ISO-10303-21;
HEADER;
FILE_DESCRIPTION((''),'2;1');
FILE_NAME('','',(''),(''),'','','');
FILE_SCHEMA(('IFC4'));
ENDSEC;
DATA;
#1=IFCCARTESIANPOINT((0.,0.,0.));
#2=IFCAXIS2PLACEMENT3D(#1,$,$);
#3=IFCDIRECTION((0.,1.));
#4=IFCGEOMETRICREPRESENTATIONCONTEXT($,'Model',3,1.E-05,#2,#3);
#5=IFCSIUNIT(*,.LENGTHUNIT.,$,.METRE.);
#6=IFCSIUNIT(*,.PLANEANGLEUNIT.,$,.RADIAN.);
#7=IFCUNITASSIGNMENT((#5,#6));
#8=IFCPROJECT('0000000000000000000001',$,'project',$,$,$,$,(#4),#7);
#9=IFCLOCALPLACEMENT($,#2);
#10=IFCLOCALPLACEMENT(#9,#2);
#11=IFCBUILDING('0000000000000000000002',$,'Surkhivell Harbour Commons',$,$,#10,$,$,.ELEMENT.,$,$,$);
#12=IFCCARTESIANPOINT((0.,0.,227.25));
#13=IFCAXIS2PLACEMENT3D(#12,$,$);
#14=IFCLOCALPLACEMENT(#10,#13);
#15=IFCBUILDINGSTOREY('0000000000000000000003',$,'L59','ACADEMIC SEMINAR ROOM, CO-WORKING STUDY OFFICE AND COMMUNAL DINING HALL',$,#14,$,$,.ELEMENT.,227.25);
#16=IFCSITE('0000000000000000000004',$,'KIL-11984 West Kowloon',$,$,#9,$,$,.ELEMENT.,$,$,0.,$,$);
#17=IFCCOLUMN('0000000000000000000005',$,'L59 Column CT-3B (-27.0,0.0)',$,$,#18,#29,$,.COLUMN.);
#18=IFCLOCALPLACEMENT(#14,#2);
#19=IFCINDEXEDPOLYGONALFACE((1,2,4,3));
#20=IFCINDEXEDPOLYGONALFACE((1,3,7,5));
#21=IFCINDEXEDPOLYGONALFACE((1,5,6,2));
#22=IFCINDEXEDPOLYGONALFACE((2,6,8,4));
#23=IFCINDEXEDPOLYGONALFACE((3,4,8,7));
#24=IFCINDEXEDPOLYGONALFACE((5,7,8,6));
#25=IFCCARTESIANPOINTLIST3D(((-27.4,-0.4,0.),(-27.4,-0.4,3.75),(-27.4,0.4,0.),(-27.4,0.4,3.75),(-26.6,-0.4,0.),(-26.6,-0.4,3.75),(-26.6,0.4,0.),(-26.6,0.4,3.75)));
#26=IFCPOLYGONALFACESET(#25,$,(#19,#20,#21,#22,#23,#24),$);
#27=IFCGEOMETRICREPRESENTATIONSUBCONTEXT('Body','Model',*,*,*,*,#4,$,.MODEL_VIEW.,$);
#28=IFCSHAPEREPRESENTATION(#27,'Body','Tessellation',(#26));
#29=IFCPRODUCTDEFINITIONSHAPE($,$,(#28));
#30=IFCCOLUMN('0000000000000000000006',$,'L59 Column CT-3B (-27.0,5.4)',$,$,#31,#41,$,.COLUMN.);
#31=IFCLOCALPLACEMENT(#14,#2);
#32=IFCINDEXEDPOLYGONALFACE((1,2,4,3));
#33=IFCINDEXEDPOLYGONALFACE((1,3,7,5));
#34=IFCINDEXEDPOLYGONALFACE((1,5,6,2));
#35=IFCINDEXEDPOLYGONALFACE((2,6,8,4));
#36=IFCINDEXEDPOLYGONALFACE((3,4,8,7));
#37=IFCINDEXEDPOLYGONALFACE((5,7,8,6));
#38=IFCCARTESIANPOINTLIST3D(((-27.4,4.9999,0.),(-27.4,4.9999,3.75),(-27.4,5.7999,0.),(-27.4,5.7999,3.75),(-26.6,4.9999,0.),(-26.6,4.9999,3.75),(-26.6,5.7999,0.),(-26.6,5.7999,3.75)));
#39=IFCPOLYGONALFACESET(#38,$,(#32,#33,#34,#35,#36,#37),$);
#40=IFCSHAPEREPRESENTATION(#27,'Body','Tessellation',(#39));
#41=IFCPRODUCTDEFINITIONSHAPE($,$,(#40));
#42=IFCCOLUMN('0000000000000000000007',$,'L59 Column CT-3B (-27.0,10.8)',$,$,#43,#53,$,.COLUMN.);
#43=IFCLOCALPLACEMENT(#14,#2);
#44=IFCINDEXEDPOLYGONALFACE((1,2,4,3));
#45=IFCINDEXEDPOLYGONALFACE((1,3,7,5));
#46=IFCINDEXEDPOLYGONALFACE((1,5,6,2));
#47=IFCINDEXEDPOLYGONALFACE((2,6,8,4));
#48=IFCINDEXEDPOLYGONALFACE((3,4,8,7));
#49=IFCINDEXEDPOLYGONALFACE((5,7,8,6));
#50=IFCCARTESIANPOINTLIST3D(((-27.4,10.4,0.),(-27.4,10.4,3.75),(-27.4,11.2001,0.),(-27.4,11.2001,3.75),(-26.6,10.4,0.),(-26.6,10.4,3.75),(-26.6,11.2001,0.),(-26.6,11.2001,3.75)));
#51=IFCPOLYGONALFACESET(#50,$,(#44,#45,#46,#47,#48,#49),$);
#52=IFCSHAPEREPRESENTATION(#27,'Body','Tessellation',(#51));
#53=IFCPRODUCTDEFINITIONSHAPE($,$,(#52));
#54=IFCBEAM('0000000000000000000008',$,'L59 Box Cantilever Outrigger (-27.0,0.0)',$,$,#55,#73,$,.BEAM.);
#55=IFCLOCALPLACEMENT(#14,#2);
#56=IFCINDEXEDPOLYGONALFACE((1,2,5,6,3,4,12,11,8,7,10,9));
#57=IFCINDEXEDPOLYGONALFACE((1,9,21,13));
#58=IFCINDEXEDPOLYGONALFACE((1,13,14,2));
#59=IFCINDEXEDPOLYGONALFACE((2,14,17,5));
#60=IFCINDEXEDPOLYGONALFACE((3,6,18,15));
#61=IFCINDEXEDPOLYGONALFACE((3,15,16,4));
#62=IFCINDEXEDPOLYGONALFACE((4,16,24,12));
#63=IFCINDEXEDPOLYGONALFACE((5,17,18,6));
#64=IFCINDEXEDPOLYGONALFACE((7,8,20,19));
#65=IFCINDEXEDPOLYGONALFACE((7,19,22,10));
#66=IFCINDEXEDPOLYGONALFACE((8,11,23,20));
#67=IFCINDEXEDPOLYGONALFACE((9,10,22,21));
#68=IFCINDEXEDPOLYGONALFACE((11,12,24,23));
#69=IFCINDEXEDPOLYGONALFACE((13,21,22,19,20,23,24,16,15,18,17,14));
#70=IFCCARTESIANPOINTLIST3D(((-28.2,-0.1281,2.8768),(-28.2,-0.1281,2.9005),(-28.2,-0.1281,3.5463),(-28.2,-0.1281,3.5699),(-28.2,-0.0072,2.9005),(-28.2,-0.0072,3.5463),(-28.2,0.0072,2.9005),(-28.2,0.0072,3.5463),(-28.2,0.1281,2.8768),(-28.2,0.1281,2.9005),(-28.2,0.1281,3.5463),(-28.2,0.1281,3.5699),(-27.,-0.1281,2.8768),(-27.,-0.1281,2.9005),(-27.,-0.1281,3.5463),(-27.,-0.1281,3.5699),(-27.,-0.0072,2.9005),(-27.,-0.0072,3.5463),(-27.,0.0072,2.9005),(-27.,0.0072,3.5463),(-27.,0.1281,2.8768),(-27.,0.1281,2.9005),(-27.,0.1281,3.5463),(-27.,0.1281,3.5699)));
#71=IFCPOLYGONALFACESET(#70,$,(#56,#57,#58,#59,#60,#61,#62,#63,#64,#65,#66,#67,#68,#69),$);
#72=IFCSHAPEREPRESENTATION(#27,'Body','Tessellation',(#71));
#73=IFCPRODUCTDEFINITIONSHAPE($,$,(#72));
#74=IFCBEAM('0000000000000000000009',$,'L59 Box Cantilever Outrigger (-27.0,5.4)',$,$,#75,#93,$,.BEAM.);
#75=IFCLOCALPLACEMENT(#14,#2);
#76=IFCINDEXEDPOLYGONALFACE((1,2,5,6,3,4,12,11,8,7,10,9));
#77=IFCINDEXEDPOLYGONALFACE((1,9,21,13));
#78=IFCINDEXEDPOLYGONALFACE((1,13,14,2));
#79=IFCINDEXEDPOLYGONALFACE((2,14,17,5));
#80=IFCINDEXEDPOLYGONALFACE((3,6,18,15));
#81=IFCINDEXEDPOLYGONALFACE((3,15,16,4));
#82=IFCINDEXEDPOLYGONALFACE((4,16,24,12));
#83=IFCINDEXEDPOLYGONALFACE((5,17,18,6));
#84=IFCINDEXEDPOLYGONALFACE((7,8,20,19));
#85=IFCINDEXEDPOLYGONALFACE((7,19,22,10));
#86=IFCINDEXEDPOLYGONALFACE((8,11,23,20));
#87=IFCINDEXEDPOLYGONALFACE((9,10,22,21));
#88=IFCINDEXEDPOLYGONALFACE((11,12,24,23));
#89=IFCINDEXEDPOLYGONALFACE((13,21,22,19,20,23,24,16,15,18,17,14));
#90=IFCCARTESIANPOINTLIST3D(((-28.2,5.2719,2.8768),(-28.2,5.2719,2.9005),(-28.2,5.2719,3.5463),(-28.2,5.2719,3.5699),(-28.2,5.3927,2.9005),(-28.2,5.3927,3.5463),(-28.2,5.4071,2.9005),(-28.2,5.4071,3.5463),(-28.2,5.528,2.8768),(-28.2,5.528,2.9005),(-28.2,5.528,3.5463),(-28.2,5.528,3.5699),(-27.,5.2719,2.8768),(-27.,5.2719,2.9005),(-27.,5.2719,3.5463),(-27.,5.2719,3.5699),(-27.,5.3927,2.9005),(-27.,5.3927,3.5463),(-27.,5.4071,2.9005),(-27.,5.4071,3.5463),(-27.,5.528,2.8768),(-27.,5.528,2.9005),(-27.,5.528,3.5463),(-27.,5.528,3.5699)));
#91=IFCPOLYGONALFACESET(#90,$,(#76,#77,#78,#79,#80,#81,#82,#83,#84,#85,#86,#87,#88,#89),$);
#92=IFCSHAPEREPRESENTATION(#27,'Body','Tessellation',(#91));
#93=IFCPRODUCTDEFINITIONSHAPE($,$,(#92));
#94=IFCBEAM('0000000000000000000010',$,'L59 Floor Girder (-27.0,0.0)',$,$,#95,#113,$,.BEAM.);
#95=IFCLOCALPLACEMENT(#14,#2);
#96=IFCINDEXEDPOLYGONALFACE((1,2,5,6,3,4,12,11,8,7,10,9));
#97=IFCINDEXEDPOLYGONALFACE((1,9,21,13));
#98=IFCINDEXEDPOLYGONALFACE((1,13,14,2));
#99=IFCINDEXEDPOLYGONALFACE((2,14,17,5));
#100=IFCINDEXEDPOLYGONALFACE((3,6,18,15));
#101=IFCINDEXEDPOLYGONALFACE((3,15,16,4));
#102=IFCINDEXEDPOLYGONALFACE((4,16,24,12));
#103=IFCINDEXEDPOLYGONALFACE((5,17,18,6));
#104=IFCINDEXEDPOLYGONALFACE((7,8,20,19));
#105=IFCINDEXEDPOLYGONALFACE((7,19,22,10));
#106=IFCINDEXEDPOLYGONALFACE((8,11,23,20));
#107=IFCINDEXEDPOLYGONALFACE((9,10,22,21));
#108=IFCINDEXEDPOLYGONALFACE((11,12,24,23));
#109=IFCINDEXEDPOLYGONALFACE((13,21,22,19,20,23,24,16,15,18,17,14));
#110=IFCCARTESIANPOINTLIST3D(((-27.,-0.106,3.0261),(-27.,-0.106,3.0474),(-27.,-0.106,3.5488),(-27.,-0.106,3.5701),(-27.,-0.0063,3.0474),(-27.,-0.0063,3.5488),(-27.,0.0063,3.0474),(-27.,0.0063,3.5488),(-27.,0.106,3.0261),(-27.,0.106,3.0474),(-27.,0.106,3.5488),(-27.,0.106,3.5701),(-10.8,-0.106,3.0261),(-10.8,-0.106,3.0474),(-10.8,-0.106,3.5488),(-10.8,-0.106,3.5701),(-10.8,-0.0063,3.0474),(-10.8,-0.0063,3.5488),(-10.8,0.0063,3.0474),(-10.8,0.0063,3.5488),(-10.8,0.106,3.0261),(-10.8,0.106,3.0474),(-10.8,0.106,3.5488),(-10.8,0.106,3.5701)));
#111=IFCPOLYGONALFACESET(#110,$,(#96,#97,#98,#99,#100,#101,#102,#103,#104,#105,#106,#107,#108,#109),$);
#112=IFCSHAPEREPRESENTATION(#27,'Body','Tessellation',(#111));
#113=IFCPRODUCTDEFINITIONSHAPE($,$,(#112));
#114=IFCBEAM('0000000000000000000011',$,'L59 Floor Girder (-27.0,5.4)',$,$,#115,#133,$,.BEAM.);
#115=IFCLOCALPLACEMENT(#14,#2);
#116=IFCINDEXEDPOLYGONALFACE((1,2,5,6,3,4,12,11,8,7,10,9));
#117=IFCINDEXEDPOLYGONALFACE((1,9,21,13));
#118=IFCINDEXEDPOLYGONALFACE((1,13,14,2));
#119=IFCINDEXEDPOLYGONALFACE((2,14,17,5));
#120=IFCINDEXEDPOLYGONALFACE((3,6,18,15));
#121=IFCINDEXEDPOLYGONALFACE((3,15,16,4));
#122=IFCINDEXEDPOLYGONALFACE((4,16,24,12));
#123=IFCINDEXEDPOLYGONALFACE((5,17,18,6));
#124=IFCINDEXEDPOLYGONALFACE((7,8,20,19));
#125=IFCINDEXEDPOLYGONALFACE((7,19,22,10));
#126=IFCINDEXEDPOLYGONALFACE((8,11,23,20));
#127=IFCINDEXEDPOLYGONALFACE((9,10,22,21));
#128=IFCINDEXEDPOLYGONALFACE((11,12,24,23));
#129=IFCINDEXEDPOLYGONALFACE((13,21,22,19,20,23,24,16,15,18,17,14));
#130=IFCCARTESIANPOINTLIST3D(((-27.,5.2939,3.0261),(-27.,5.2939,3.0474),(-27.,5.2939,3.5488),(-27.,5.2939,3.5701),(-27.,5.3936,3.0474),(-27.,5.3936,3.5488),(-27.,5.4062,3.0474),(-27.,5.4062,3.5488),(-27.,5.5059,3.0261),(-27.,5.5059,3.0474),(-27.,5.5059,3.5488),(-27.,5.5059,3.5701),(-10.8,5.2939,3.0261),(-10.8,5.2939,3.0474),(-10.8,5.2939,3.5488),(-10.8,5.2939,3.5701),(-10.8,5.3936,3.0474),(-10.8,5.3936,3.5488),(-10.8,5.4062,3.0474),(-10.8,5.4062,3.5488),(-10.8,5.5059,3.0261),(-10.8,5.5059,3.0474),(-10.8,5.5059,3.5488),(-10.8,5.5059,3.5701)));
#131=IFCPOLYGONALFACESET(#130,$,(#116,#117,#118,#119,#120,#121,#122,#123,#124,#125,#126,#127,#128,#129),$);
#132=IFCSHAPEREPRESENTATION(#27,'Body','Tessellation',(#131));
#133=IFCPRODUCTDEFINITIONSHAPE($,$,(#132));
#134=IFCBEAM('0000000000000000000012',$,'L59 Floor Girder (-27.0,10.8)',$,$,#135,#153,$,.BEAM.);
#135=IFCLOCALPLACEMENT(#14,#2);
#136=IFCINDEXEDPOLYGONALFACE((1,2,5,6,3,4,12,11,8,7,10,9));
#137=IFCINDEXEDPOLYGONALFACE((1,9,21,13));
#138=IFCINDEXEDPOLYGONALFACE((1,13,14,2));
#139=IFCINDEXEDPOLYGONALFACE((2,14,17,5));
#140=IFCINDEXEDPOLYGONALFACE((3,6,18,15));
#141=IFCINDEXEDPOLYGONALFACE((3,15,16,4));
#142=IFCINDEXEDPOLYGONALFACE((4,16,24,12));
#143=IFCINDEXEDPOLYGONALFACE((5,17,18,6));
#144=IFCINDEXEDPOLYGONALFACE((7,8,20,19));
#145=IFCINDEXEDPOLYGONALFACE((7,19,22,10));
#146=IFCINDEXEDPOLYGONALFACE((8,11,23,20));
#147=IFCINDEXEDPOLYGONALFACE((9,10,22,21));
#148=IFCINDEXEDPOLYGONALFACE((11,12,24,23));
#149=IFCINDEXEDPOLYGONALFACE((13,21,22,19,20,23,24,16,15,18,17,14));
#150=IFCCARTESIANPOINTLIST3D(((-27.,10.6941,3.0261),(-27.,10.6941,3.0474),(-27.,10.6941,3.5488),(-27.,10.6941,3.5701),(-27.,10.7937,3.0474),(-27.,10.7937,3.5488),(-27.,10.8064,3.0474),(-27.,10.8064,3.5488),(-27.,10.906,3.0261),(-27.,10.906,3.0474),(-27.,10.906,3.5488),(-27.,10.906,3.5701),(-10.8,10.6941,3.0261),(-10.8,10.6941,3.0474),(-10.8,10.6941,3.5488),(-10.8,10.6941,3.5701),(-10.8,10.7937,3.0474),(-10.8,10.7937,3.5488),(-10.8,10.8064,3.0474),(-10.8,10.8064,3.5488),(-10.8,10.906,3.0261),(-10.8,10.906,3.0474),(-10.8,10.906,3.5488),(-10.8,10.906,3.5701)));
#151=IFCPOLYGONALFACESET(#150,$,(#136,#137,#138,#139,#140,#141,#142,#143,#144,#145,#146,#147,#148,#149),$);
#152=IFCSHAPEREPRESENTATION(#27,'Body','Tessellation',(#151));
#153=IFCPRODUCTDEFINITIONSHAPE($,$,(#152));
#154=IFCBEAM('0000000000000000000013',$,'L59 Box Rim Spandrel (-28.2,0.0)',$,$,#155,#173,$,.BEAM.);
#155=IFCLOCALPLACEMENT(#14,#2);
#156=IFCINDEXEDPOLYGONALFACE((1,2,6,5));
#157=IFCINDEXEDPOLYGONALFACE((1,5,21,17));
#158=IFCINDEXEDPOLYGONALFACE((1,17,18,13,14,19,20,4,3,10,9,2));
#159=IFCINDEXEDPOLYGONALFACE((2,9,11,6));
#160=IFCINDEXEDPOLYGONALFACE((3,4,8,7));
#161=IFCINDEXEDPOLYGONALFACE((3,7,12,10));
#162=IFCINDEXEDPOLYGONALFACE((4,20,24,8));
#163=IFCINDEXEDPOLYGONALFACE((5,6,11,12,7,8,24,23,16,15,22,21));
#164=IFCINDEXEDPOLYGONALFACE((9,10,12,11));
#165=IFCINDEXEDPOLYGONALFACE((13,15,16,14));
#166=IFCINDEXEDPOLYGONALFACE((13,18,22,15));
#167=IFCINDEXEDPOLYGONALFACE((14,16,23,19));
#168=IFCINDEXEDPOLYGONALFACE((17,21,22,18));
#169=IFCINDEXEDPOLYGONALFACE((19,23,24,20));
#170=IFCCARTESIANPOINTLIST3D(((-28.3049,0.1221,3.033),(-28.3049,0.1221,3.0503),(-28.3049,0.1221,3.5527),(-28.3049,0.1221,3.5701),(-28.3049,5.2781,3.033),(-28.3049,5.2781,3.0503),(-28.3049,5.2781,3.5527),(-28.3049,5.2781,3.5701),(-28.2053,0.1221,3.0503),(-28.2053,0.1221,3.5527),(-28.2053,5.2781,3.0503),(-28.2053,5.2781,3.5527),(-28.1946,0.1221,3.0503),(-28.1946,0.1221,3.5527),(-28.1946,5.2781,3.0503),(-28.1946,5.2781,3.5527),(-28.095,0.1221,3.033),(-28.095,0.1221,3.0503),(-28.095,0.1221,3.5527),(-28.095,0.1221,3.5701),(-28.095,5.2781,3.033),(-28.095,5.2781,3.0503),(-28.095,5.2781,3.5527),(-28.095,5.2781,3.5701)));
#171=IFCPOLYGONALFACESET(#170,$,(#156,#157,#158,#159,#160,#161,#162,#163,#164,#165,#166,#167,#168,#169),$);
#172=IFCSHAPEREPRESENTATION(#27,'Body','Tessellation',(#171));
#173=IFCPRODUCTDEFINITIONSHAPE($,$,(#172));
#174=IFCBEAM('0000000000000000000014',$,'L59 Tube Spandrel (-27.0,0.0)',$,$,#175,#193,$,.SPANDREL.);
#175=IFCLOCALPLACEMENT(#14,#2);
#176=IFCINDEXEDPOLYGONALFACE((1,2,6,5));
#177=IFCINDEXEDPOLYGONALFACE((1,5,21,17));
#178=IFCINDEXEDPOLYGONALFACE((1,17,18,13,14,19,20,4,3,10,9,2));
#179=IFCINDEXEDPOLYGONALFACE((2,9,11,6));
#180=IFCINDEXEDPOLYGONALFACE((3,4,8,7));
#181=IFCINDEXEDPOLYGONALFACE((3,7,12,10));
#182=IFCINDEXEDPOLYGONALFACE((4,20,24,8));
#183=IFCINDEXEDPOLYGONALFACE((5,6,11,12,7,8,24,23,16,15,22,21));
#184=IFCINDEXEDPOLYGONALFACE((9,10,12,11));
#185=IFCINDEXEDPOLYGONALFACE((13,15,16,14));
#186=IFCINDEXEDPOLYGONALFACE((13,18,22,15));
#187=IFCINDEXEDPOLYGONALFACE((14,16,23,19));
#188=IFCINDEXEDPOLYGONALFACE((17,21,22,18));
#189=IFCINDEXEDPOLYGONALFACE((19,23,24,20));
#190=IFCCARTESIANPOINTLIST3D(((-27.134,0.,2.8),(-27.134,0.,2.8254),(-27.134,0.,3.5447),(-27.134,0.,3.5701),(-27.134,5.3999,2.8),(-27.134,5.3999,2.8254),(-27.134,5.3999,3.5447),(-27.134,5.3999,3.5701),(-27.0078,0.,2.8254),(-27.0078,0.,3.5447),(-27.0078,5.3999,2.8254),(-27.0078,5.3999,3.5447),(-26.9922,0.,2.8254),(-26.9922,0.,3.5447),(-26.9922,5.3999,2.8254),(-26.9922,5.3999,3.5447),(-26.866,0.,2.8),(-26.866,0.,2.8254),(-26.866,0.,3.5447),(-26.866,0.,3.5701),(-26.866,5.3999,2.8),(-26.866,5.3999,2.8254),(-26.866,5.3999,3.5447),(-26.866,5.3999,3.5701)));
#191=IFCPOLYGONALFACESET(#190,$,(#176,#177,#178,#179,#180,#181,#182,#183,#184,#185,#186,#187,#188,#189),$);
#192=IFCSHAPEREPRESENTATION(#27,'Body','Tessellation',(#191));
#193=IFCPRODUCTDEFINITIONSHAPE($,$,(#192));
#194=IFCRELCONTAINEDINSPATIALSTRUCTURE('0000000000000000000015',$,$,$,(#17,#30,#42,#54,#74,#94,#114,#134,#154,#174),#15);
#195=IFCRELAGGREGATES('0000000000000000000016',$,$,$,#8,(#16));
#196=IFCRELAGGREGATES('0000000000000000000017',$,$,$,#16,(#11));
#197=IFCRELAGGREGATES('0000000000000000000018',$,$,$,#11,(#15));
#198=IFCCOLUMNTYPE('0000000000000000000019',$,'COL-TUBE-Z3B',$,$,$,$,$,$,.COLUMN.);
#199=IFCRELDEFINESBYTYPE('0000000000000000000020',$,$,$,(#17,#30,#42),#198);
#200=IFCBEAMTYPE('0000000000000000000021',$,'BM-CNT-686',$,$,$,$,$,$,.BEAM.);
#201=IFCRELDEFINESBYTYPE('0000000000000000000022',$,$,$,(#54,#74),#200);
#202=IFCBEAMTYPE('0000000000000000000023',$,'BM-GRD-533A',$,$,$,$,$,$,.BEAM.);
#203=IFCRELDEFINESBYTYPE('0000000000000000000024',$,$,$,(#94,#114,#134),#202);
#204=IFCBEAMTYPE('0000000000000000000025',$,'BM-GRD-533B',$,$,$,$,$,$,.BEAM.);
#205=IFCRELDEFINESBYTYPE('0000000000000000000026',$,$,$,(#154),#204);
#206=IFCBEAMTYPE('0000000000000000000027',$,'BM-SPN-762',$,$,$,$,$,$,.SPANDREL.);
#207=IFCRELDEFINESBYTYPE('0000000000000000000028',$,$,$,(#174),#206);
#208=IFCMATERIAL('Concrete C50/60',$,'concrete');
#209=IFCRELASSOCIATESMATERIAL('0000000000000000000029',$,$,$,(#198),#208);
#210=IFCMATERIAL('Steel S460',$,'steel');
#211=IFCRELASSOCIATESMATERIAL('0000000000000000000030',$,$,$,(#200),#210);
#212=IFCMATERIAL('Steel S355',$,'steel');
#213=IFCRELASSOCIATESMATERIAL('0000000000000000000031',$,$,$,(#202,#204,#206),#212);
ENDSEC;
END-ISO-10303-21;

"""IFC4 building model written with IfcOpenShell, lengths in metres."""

from ifc_helpers import new_model, si_unit, direction, frame, origin, origin_2d, place, context, subcontext, project, spatial, rectangle, i_section, extrude, material, material_profile, profile_set, type_object, element, save


model = new_model("IFC4")

# Units and contexts
model_context = context("Model", 3, precision=1e-05, world=origin(), true_north=direction((0.0, 1.0)))
body_context = subcontext(model_context, "Body", "Model", "MODEL_VIEW")
ifc_project = project(units=[si_unit("LENGTHUNIT", "METRE"), si_unit("PLANEANGLEUNIT", "RADIAN")], contexts=[model_context])

# Site, building, storey
site_placement = place(None, origin())
site = spatial("IfcSite", under=ifc_project, at=site_placement, Name="KIL-11984 West Kowloon", CompositionType="ELEMENT", RefElevation=0.0)
building_placement = place(site_placement, origin())
building = spatial("IfcBuilding", under=site, at=building_placement, Name="Surkhivell Harbour Commons", CompositionType="ELEMENT")
storey_placement = place(building_placement, frame((0.0, 0.0, 227.25)))
storey = spatial("IfcBuildingStorey", under=building, at=storey_placement, Name="L59", Description="ACADEMIC SEMINAR ROOM, CO-WORKING STUDY OFFICE AND COMMUNAL DINING HALL", CompositionType="ELEMENT", Elevation=227.25)

# Columns
ifc_material_1 = material(Name="Concrete C50/60", Category="concrete")
ifc_material_profile_1 = material_profile(ifc_material_1, rectangle(XDim=0.8, YDim=0.8, at=origin_2d()), Name="RC-COL-800x800")
ifc_profile_set_1 = profile_set([ifc_material_profile_1], Name="Concrete C50/60")
column_type = type_object("IfcColumnType", Name="COL-TUBE-Z3B", PredefinedType="COLUMN", material=ifc_profile_set_1)
for number, where, z_axis, x_axis, name in (
    (1, (-27.0, 0.0, 0.0), (0.0, 0.0, 1.0), (1.0, 0.0, 0.0), "L59 Column CT-3B (-27.0,0.0)"),
    (2, (-27.0, 5.3999, 0.0), (0.0, 0.0, 1.0), (1.0, 0.0, 0.0), "L59 Column CT-3B (-27.0,5.4)"),
    (3, (-27.0, 10.8, 0.0), (0.0, 0.0, 1.0), (1.0, 0.0, 0.0), "L59 Column CT-3B (-27.0,10.8)"),
):
    element("IfcColumn", number, at=place(storey_placement, frame(where, z_axis=z_axis, x_axis=x_axis)), inside=storey, type_object=column_type, Name=name, PredefinedType="COLUMN", context=body_context, shape_type="SweptSolid", body=[
        extrude(rectangle(XDim=0.8, YDim=0.8, at=origin_2d()), origin(), (0.0, 0.0, 1.0), 3.75),
    ])

# Beams
ifc_material_2 = material(Name="Steel S460", Category="steel")
ifc_material_profile_2 = material_profile(ifc_material_2, i_section(OverallWidth=0.2561, OverallDepth=0.6931, WebThickness=0.0144, FlangeThickness=0.0237, at=origin_2d()), Name="UB686x254x170")
ifc_profile_set_2 = profile_set([ifc_material_profile_2], Name="Steel S460")
beam_type_1 = type_object("IfcBeamType", Name="BM-CNT-686", PredefinedType="BEAM", material=ifc_profile_set_2)
for number, where, z_axis, x_axis, name in (
    (4, (-27.0, 0.0, 3.2234), (-1.0, 0.0, 0.0), (0.0, -1.0, 0.0), "L59 Box Cantilever Outrigger (-27.0,0.0)"),
    (5, (-27.0, 5.3999, 3.2234), (-1.0, 0.0, 0.0), (0.0, -1.0, 0.0), "L59 Box Cantilever Outrigger (-27.0,5.4)"),
):
    element("IfcBeam", number, at=place(storey_placement, frame(where, z_axis=z_axis, x_axis=x_axis)), inside=storey, type_object=beam_type_1, Name=name, PredefinedType="BEAM", context=body_context, shape_type="SweptSolid", body=[
        extrude(i_section(OverallWidth=0.2561, OverallDepth=0.6931, WebThickness=0.0144, FlangeThickness=0.0237, at=origin_2d()), origin(), (0.0, 0.0, 1.0), 1.2),
    ])
ifc_material_3 = material(Name="Steel S355", Category="steel")
ifc_material_profile_3 = material_profile(ifc_material_3, i_section(OverallWidth=0.2119, OverallDepth=0.5439, WebThickness=0.0127, FlangeThickness=0.0212, at=origin_2d()), Name="UB533x210x122")
ifc_profile_set_3 = profile_set([ifc_material_profile_3], Name="Steel S355")
beam_type_2 = type_object("IfcBeamType", Name="BM-GRD-533A", PredefinedType="BEAM", material=ifc_profile_set_3)
for number, where, z_axis, x_axis, name in (
    (6, (-27.0, 0.0, 3.2981), (1.0, 0.0, 0.0), (0.0, 1.0, 0.0), "L59 Floor Girder (-27.0,0.0)"),
    (7, (-27.0, 5.3999, 3.2981), (1.0, 0.0, 0.0), (0.0, 1.0, 0.0), "L59 Floor Girder (-27.0,5.4)"),
    (8, (-27.0, 10.8, 3.2981), (1.0, 0.0, 0.0), (0.0, 1.0, 0.0), "L59 Floor Girder (-27.0,10.8)"),
):
    element("IfcBeam", number, at=place(storey_placement, frame(where, z_axis=z_axis, x_axis=x_axis)), inside=storey, type_object=beam_type_2, Name=name, PredefinedType="BEAM", context=body_context, shape_type="SweptSolid", body=[
        extrude(i_section(OverallWidth=0.2119, OverallDepth=0.5439, WebThickness=0.0127, FlangeThickness=0.0212, at=origin_2d()), origin(), (0.0, 0.0, 1.0), 16.2),
    ])
ifc_material_profile_4 = material_profile(ifc_material_3, i_section(OverallWidth=0.21, OverallDepth=0.5371, WebThickness=0.0107, FlangeThickness=0.0173, at=origin_2d()), Name="UB533x210x101")
ifc_profile_set_4 = profile_set([ifc_material_profile_4], Name="Steel S355")
beam_type_3 = type_object("IfcBeamType", Name="BM-GRD-533B", PredefinedType="BEAM", material=ifc_profile_set_4)
beam_1_placement = place(storey_placement, frame((-28.2, 0.1221, 3.3015), z_axis=(0.0, 1.0, 0.0), x_axis=(-1.0, 0.0, 0.0)))
element("IfcBeam", 9, at=beam_1_placement, inside=storey, type_object=beam_type_3, Name="L59 Box Rim Spandrel (-28.2,0.0)", PredefinedType="BEAM", context=body_context, shape_type="SweptSolid", body=[
    extrude(i_section(OverallWidth=0.21, OverallDepth=0.5371, WebThickness=0.0107, FlangeThickness=0.0173, at=origin_2d()), origin(), (0.0, 0.0, 1.0), 5.156),
])
ifc_material_profile_5 = material_profile(ifc_material_3, i_section(OverallWidth=0.2681, OverallDepth=0.77, WebThickness=0.0156, FlangeThickness=0.0254, at=origin_2d()), Name="UB762x267x197")
ifc_profile_set_5 = profile_set([ifc_material_profile_5], Name="Steel S355")
beam_type_4 = type_object("IfcBeamType", Name="BM-SPN-762", PredefinedType="SPANDREL", material=ifc_profile_set_5)
beam_2_placement = place(storey_placement, frame((-27.0, 0.0, 3.1851), z_axis=(0.0, 1.0, 0.0), x_axis=(-1.0, 0.0, 0.0)))
element("IfcBeam", 10, at=beam_2_placement, inside=storey, type_object=beam_type_4, Name="L59 Tube Spandrel (-27.0,0.0)", PredefinedType="SPANDREL", context=body_context, shape_type="SweptSolid", body=[
    extrude(i_section(OverallWidth=0.2681, OverallDepth=0.77, WebThickness=0.0156, FlangeThickness=0.0254, at=origin_2d()), origin(), (0.0, 0.0, 1.0), 5.3999),
])

save(model, "model.ifc")
